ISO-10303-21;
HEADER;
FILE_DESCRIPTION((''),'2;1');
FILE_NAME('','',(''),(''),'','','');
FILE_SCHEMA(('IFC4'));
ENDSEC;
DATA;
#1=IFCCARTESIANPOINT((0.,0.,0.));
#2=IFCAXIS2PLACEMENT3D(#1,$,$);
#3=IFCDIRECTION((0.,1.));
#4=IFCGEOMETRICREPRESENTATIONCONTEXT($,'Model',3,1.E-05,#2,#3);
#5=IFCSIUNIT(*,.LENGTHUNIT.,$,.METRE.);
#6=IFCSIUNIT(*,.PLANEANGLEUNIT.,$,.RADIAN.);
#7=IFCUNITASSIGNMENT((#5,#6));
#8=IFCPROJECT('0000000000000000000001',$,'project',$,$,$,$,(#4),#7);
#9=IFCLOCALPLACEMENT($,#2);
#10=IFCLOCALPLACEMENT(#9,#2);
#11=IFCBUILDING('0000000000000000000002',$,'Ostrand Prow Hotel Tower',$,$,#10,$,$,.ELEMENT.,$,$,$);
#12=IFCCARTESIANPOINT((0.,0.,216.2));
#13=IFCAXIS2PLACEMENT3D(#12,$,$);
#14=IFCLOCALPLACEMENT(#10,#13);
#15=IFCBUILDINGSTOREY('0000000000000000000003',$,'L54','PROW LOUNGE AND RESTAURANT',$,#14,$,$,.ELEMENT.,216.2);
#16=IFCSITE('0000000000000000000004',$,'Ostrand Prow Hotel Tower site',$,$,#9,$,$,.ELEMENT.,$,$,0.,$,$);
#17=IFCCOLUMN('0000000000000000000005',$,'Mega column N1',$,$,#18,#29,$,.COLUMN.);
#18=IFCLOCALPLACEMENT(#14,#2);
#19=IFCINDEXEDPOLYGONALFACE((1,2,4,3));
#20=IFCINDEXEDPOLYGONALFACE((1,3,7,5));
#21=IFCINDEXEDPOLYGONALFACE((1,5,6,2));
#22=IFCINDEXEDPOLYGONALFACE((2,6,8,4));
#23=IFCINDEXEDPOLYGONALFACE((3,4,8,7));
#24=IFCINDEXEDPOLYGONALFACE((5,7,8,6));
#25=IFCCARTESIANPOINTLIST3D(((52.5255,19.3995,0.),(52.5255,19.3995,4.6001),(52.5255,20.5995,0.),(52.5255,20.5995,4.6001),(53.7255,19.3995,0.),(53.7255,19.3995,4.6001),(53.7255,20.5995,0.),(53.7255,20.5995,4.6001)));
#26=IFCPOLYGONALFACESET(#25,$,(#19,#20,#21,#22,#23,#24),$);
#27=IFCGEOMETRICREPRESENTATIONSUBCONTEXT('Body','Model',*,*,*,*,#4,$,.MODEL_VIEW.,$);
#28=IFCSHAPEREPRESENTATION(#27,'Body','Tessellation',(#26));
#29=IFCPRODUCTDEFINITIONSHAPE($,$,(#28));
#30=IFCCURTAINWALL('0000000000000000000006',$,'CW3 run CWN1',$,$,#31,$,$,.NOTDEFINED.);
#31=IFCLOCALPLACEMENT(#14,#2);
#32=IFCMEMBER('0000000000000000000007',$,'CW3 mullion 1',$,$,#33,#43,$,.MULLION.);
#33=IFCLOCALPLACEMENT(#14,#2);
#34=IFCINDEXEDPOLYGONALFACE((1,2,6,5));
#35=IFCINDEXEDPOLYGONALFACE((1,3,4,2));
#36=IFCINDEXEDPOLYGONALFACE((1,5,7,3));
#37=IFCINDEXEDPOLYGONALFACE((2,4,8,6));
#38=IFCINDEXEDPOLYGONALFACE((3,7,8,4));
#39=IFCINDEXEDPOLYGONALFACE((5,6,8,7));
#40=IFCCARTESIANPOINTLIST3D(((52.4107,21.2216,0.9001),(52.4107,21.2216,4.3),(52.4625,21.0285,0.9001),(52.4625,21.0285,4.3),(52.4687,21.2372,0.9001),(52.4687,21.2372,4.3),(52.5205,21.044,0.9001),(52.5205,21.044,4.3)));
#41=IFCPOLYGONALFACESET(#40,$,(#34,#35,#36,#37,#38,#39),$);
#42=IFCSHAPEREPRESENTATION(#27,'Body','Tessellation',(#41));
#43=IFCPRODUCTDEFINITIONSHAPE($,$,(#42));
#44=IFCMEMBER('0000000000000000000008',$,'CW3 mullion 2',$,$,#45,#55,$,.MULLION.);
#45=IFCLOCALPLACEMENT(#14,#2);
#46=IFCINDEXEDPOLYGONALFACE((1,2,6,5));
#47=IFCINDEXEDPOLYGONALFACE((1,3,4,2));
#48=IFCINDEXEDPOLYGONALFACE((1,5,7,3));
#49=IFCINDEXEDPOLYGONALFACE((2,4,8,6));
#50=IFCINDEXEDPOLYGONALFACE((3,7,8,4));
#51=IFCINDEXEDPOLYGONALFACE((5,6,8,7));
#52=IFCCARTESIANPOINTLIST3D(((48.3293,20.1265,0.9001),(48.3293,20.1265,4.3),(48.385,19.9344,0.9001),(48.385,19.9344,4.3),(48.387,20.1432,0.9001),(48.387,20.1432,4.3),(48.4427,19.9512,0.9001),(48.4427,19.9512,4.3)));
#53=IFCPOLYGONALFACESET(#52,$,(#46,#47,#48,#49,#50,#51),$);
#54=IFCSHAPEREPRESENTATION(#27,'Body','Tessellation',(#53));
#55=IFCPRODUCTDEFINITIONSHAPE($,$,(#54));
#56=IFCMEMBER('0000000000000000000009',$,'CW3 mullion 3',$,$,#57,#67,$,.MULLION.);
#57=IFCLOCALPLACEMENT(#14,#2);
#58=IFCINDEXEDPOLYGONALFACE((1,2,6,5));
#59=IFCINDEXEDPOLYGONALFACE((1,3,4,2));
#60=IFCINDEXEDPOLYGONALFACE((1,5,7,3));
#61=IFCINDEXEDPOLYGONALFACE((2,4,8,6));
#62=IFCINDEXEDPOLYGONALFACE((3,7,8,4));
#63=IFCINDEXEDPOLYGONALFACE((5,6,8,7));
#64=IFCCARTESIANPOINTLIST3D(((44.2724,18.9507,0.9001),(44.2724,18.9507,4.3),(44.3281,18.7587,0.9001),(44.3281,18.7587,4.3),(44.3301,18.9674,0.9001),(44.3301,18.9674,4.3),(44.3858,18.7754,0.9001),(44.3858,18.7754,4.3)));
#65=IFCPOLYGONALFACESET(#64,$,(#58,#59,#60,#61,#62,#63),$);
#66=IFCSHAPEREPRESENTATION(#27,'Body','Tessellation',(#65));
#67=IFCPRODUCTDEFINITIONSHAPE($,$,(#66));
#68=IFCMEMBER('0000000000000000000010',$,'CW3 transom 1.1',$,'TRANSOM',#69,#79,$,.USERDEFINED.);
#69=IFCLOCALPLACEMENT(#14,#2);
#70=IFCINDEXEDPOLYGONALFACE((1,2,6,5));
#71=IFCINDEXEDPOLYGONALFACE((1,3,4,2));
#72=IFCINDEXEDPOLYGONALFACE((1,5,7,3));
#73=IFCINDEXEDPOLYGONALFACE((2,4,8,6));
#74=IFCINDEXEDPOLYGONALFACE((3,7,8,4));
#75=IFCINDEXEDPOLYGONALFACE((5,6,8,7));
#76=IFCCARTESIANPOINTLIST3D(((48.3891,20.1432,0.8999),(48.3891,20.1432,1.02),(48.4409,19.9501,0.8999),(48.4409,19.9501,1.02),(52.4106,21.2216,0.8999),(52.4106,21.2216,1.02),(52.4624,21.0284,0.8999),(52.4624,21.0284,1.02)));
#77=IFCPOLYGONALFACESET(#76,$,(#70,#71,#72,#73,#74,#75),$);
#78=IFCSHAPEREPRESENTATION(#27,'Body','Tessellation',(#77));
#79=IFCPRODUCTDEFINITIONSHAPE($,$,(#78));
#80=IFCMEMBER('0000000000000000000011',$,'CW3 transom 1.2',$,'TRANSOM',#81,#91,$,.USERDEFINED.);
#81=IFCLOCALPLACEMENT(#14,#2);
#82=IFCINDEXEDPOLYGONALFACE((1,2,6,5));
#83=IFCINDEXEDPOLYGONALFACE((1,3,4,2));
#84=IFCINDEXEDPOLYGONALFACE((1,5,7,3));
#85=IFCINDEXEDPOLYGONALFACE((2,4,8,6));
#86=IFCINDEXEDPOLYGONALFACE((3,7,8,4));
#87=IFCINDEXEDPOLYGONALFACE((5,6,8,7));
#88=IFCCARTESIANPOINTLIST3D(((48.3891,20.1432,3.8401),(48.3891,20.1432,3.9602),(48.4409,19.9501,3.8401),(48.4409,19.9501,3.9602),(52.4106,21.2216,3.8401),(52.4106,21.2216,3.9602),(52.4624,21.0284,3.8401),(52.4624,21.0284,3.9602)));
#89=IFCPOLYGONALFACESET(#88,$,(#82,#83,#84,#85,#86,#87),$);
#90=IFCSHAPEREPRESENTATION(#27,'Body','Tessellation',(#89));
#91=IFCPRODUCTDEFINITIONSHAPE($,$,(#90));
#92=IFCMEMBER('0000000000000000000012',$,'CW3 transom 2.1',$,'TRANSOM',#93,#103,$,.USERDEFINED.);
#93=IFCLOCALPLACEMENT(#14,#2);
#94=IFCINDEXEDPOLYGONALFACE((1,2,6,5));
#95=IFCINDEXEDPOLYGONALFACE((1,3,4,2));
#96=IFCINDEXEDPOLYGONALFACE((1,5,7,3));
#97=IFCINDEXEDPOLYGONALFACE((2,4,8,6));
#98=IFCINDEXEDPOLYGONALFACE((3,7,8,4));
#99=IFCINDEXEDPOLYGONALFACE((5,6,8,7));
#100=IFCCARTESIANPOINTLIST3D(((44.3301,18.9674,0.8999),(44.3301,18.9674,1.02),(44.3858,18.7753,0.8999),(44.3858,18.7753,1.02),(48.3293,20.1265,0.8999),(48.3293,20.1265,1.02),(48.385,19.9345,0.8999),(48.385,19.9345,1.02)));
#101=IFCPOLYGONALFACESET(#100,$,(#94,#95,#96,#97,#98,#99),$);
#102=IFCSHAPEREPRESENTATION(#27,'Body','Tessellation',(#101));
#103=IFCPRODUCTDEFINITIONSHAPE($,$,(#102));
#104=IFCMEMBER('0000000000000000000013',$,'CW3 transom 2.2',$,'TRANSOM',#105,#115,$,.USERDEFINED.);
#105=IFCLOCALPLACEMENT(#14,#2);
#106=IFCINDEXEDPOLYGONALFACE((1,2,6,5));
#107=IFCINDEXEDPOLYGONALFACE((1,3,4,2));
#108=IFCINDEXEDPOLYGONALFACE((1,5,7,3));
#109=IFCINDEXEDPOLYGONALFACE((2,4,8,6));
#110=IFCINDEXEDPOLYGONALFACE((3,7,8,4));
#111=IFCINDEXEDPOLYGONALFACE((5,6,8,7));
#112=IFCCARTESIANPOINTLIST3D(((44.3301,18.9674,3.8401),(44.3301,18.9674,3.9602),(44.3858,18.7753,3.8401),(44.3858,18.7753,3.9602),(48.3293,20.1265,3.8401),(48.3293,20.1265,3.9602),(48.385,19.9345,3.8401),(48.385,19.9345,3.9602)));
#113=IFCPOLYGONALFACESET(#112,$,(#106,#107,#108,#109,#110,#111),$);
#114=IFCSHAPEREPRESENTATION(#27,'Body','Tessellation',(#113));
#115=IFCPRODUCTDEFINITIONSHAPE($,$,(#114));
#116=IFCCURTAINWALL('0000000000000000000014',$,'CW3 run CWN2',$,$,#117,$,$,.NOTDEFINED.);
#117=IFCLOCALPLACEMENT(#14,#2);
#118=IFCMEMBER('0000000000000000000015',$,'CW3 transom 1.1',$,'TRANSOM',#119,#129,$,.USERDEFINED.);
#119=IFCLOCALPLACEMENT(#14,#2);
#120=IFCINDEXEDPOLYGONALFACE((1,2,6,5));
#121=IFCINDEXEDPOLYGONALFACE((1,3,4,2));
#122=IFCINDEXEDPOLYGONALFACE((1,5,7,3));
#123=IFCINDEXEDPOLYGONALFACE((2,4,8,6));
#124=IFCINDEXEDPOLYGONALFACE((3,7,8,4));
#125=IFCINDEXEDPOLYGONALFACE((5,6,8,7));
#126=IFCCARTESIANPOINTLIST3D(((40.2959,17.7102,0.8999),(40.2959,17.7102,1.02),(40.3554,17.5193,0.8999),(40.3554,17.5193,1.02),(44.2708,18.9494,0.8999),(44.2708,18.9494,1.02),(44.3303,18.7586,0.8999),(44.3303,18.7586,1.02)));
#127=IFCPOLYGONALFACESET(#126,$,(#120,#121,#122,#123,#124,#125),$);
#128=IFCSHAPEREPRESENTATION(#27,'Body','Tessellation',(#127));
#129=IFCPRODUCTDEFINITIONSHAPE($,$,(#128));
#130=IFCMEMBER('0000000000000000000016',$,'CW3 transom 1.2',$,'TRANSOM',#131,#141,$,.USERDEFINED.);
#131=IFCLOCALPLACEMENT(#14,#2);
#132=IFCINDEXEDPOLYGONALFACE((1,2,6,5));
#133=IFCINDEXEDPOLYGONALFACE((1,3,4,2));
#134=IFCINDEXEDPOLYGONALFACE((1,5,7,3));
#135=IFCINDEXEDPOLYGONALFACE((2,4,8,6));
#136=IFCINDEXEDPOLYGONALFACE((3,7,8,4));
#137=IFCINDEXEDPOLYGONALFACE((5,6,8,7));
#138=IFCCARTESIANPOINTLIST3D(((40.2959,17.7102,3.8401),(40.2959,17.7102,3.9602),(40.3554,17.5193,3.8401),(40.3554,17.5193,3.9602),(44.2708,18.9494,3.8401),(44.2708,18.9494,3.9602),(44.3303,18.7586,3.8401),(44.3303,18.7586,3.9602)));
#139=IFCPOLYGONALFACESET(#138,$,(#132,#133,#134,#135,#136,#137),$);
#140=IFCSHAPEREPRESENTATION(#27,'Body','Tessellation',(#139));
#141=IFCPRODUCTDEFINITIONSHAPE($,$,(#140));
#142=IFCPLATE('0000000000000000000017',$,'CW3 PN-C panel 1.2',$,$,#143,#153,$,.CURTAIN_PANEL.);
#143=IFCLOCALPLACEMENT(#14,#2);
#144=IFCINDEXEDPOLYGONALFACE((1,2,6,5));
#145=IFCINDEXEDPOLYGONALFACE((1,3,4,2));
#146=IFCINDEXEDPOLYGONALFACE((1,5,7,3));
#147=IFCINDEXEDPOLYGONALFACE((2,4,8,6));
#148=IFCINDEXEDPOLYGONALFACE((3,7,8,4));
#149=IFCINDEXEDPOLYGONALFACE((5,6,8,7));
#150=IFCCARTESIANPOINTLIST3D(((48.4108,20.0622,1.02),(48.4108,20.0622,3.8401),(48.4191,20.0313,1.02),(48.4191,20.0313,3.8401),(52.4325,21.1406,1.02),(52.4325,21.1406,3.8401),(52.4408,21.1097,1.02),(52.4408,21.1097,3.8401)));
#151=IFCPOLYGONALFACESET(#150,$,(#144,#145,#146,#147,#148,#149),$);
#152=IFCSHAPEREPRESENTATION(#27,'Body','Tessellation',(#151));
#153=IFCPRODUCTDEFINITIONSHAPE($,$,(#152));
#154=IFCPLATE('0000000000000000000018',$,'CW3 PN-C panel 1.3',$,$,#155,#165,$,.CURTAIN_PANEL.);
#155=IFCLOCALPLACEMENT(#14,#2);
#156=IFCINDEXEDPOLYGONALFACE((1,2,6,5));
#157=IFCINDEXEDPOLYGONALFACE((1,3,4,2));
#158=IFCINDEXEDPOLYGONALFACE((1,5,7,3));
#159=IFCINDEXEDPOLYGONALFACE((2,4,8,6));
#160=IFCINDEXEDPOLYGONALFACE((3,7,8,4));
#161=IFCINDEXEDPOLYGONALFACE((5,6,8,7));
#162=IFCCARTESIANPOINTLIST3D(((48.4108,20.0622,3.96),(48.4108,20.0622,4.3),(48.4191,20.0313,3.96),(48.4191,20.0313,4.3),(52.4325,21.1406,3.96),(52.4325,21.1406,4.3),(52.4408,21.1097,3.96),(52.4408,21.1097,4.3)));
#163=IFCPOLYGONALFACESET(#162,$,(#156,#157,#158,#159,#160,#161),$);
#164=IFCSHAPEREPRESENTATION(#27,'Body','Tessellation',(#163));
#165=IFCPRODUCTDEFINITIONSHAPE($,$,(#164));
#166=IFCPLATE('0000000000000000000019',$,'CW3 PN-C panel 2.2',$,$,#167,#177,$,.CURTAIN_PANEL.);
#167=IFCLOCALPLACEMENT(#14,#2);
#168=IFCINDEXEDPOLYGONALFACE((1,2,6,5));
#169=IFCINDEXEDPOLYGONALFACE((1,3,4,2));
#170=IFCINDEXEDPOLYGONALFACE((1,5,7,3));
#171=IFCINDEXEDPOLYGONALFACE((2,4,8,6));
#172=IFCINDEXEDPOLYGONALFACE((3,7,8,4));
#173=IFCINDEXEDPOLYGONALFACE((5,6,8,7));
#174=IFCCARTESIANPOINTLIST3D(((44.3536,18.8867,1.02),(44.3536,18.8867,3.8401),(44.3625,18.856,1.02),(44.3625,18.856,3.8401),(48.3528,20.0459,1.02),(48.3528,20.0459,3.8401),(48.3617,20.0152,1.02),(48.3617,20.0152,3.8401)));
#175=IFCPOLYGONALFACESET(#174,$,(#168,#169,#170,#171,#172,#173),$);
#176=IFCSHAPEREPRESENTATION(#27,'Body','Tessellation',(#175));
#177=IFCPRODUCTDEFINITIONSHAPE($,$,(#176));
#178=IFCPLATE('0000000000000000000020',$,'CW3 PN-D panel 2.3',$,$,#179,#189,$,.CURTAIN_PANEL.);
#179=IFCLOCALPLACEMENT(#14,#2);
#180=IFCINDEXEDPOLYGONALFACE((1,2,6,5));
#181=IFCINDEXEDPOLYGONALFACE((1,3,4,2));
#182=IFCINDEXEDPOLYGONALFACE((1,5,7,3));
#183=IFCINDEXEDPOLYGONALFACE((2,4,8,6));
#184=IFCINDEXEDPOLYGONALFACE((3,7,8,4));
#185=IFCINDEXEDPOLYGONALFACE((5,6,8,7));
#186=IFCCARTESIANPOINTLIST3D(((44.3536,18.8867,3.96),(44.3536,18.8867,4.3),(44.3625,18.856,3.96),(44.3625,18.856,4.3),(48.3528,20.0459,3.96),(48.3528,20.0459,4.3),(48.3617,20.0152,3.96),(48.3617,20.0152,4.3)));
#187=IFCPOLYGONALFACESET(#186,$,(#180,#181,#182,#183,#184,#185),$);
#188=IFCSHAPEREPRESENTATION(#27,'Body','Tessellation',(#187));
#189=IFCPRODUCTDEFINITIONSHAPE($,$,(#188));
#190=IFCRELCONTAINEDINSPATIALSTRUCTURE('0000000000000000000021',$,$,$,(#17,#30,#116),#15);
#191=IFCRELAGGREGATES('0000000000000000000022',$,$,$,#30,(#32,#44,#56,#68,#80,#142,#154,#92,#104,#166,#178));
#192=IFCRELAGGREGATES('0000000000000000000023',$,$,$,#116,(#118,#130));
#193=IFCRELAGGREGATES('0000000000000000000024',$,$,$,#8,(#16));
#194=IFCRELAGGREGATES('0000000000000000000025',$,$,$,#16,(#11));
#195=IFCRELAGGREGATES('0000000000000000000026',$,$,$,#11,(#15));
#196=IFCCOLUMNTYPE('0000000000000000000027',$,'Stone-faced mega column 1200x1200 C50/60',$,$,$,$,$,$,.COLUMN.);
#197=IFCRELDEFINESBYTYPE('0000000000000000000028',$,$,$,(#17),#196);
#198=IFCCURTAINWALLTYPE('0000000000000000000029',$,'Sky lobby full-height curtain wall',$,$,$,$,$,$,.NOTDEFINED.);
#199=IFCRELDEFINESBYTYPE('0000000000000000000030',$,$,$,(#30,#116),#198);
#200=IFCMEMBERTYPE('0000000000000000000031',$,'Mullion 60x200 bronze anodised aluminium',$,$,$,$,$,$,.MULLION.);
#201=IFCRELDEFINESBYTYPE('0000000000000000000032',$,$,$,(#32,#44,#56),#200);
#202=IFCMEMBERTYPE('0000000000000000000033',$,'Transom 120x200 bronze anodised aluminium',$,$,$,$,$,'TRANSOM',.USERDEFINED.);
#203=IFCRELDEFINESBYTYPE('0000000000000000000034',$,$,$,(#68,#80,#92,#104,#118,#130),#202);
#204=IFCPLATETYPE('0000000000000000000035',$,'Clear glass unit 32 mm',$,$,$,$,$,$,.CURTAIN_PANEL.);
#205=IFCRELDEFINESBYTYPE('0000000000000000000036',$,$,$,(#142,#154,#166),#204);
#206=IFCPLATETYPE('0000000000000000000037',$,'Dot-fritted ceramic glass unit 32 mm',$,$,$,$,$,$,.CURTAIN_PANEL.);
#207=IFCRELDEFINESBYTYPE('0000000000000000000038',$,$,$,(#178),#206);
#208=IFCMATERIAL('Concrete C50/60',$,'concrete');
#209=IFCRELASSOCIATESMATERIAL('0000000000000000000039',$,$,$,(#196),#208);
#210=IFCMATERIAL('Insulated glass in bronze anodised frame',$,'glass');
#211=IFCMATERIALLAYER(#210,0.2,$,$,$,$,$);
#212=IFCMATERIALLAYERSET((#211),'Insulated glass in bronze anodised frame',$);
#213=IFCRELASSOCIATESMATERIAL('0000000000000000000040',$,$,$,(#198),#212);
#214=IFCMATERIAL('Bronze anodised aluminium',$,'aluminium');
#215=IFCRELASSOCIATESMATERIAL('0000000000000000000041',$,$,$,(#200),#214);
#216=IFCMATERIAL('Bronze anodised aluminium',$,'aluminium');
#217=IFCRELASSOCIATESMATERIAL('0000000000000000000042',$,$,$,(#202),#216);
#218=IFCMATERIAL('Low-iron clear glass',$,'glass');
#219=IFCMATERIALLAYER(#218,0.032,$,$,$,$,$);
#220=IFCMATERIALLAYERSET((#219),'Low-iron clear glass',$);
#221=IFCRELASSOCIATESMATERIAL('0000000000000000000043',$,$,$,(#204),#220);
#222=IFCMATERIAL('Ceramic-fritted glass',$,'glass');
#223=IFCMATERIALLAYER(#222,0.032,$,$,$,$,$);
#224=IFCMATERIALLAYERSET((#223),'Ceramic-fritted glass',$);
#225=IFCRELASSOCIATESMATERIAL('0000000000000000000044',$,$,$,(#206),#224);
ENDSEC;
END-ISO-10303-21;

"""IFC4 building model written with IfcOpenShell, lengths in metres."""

from ifc_helpers import new_model, si_unit, direction, frame, origin, origin_2d, place, context, subcontext, project, spatial, rectangle, extrude, material, layer, layer_set, material_profile, profile_set, type_object, element, aggregate, save


model = new_model("IFC4")

# Units and contexts
model_context = context("Model", 3, precision=1e-05, world=origin(), true_north=direction((0.0, 1.0)))
body_context = subcontext(model_context, "Body", "Model", "MODEL_VIEW")
ifc_project = project(units=[si_unit("LENGTHUNIT", "METRE"), si_unit("PLANEANGLEUNIT", "RADIAN")], contexts=[model_context])

# Site, building, storey
site_placement = place(None, origin())
site = spatial("IfcSite", under=ifc_project, at=site_placement, Name="Ostrand Prow Hotel Tower site", CompositionType="ELEMENT", RefElevation=0.0)
building_placement = place(site_placement, origin())
building = spatial("IfcBuilding", under=site, at=building_placement, Name="Ostrand Prow Hotel Tower", CompositionType="ELEMENT")
storey_placement = place(building_placement, frame((0.0, 0.0, 216.2)))
storey = spatial("IfcBuildingStorey", under=building, at=storey_placement, Name="L54", Description="PROW LOUNGE AND RESTAURANT", CompositionType="ELEMENT", Elevation=216.2)

# Column
ifc_material_1 = material(Name="Concrete C50/60", Category="concrete")
ifc_material_profile_1 = material_profile(ifc_material_1, rectangle(XDim=1.2, YDim=1.2, at=origin_2d()), Name="RC 1200x1200")
ifc_profile_set_1 = profile_set([ifc_material_profile_1], Name="Concrete C50/60")
column_type = type_object("IfcColumnType", Name="Stone-faced mega column 1200x1200 C50/60", PredefinedType="COLUMN", material=ifc_profile_set_1)
column_placement = place(storey_placement, frame((53.1255, 19.9995, 0.0), z_axis=(0.0, 0.0, 1.0), x_axis=(1.0, 0.0, 0.0)))
element("IfcColumn", 1, at=column_placement, inside=storey, type_object=column_type, Name="Mega column N1", PredefinedType="COLUMN", context=body_context, shape_type="SweptSolid", body=[
    extrude(rectangle(XDim=1.2, YDim=1.2, at=origin_2d()), origin(), (0.0, 0.0, 1.0), 4.6001),
])

# Curtain walls, members
ifc_material_2 = material(Name="Insulated glass in bronze anodised frame", Category="glass")
ifc_layer_1 = layer(ifc_material_2, 0.2)
ifc_layer_set_1 = layer_set([ifc_layer_1], Name="Insulated glass in bronze anodised frame")
curtain_wall_type = type_object("IfcCurtainWallType", Name="Sky lobby full-height curtain wall", PredefinedType="NOTDEFINED", material=ifc_layer_set_1)
curtain_wall_1_placement = place(storey_placement, origin())
curtain_wall_1 = element("IfcCurtainWall", 2, at=curtain_wall_1_placement, inside=storey, type_object=curtain_wall_type, Name="CW3 run CWN1", PredefinedType="NOTDEFINED")
ifc_material_3 = material(Name="Bronze anodised aluminium", Category="aluminium")
ifc_material_profile_2 = material_profile(ifc_material_3, rectangle(XDim=0.2, YDim=0.0601, at=origin_2d()), Name="Mullion 60x200 bronze anodised aluminium")
ifc_profile_set_2 = profile_set([ifc_material_profile_2], Name="Bronze anodised aluminium")
member_type_1 = type_object("IfcMemberType", Name="Mullion 60x200 bronze anodised aluminium", PredefinedType="MULLION", material=ifc_profile_set_2)
member_1_placement = place(storey_placement, frame((52.4656, 21.1328, 0.9001), z_axis=(0.0, 0.0, 1.0), x_axis=(0.258994, -0.965879, 0.0)))
member_1 = element("IfcMember", 3, at=member_1_placement, type_object=member_type_1, Name="CW3 mullion 1", PredefinedType="MULLION", context=body_context, shape_type="SweptSolid", body=[
    extrude(rectangle(XDim=0.2, YDim=0.0601, at=origin_2d()), origin(), (0.0, 0.0, 1.0), 3.3999),
])
member_2_placement = place(storey_placement, frame((48.386, 20.0388, 0.9001), z_axis=(0.0, 0.0, 1.0), x_axis=(0.278393, -0.960467, 0.0)))
member_2 = element("IfcMember", 4, at=member_2_placement, type_object=member_type_1, Name="CW3 mullion 2", PredefinedType="MULLION", context=body_context, shape_type="SweptSolid", body=[
    extrude(rectangle(XDim=0.2, YDim=0.0601, at=origin_2d()), origin(), (0.0, 0.0, 1.0), 3.3999),
])
member_3_placement = place(storey_placement, frame((44.3291, 18.863, 0.9001), z_axis=(0.0, 0.0, 1.0), x_axis=(0.278393, -0.960467, 0.0)))
member_3 = element("IfcMember", 5, at=member_3_placement, type_object=member_type_1, Name="CW3 mullion 3", PredefinedType="MULLION", context=body_context, shape_type="SweptSolid", body=[
    extrude(rectangle(XDim=0.2, YDim=0.0601, at=origin_2d()), origin(), (0.0, 0.0, 1.0), 3.3999),
])
ifc_material_4 = material(Name="Bronze anodised aluminium", Category="aluminium")
ifc_material_profile_3 = material_profile(ifc_material_4, rectangle(XDim=0.2, YDim=0.1201, at=origin_2d()), Name="Transom 120x200 bronze anodised aluminium")
ifc_profile_set_3 = profile_set([ifc_material_profile_3], Name="Bronze anodised aluminium")
member_type_2 = type_object("IfcMemberType", Name="Transom 120x200 bronze anodised aluminium", ElementType="TRANSOM", PredefinedType="USERDEFINED", material=ifc_profile_set_3)
member_4_placement = place(storey_placement, frame((52.4365, 21.125, 0.96), z_axis=(-0.965877, -0.259002, 0.0), x_axis=(0.259002, -0.965877, 0.0)))
member_4 = element("IfcMember", 6, at=member_4_placement, type_object=member_type_2, Name="CW3 transom 1.1", ObjectType="TRANSOM", PredefinedType="USERDEFINED", context=body_context, shape_type="SweptSolid", body=[
    extrude(rectangle(XDim=0.2, YDim=0.1201, at=origin_2d()), origin(), (0.0, 0.0, 1.0), 4.1636),
])
member_5_placement = place(storey_placement, frame((52.4365, 21.125, 3.9001), z_axis=(-0.965877, -0.259002, 0.0), x_axis=(0.259002, -0.965877, 0.0)))
member_5 = element("IfcMember", 7, at=member_5_placement, type_object=member_type_2, Name="CW3 transom 1.2", ObjectType="TRANSOM", PredefinedType="USERDEFINED", context=body_context, shape_type="SweptSolid", body=[
    extrude(rectangle(XDim=0.2, YDim=0.1201, at=origin_2d()), origin(), (0.0, 0.0, 1.0), 4.1636),
])
member_6_placement = place(storey_placement, frame((48.3572, 20.0305, 0.96), z_axis=(-0.960468, -0.27839, 0.0), x_axis=(0.27839, -0.960468, 0.0)))
member_6 = element("IfcMember", 8, at=member_6_placement, type_object=member_type_2, Name="CW3 transom 2.1", ObjectType="TRANSOM", PredefinedType="USERDEFINED", context=body_context, shape_type="SweptSolid", body=[
    extrude(rectangle(XDim=0.2, YDim=0.1201, at=origin_2d()), origin(), (0.0, 0.0, 1.0), 4.1638),
])
member_7_placement = place(storey_placement, frame((48.3572, 20.0305, 3.9001), z_axis=(-0.960468, -0.27839, 0.0), x_axis=(0.27839, -0.960468, 0.0)))
member_7 = element("IfcMember", 9, at=member_7_placement, type_object=member_type_2, Name="CW3 transom 2.2", ObjectType="TRANSOM", PredefinedType="USERDEFINED", context=body_context, shape_type="SweptSolid", body=[
    extrude(rectangle(XDim=0.2, YDim=0.1201, at=origin_2d()), origin(), (0.0, 0.0, 1.0), 4.1638),
])
curtain_wall_2_placement = place(storey_placement, origin())
curtain_wall_2 = element("IfcCurtainWall", 10, at=curtain_wall_2_placement, inside=storey, type_object=curtain_wall_type, Name="CW3 run CWN2", PredefinedType="NOTDEFINED")
member_8_placement = place(storey_placement, frame((44.3005, 18.854, 0.96), z_axis=(-0.954677, -0.297644, 0.0), x_axis=(0.297644, -0.954677, 0.0)))
member_8 = element("IfcMember", 11, at=member_8_placement, type_object=member_type_2, Name="CW3 transom 1.1", ObjectType="TRANSOM", PredefinedType="USERDEFINED", context=body_context, shape_type="SweptSolid", body=[
    extrude(rectangle(XDim=0.2, YDim=0.1201, at=origin_2d()), origin(), (0.0, 0.0, 1.0), 4.1636),
])
member_9_placement = place(storey_placement, frame((44.3005, 18.854, 3.9001), z_axis=(-0.954677, -0.297644, 0.0), x_axis=(0.297644, -0.954677, 0.0)))
member_9 = element("IfcMember", 12, at=member_9_placement, type_object=member_type_2, Name="CW3 transom 1.2", ObjectType="TRANSOM", PredefinedType="USERDEFINED", context=body_context, shape_type="SweptSolid", body=[
    extrude(rectangle(XDim=0.2, YDim=0.1201, at=origin_2d()), origin(), (0.0, 0.0, 1.0), 4.1636),
])

# Plates
ifc_material_5 = material(Name="Low-iron clear glass", Category="glass")
ifc_layer_2 = layer(ifc_material_5, 0.032)
ifc_layer_set_2 = layer_set([ifc_layer_2], Name="Low-iron clear glass")
plate_type_1 = type_object("IfcPlateType", Name="Clear glass unit 32 mm", PredefinedType="CURTAIN_PANEL", material=ifc_layer_set_2)
plate_1_placement = place(storey_placement, frame((50.4258, 20.5859, 1.02), z_axis=(0.0, 0.0, 1.0), x_axis=(-0.965879, -0.258994, 0.0)))
plate_1 = element("IfcPlate", 13, at=plate_1_placement, type_object=plate_type_1, Name="CW3 PN-C panel 1.2", PredefinedType="CURTAIN_PANEL", context=body_context, shape_type="SweptSolid", body=[
    extrude(rectangle(XDim=4.1638, YDim=0.032, at=origin_2d()), origin(), (0.0, 0.0, 1.0), 2.8201),
])
plate_2_placement = place(storey_placement, frame((50.4258, 20.5859, 3.96), z_axis=(0.0, 0.0, 1.0), x_axis=(-0.965879, -0.258994, 0.0)))
plate_2 = element("IfcPlate", 14, at=plate_2_placement, type_object=plate_type_1, Name="CW3 PN-C panel 1.3", PredefinedType="CURTAIN_PANEL", context=body_context, shape_type="SweptSolid", body=[
    extrude(rectangle(XDim=4.1638, YDim=0.032, at=origin_2d()), origin(), (0.0, 0.0, 1.0), 0.3401),
])
plate_3_placement = place(storey_placement, frame((46.3577, 19.4509, 1.02), z_axis=(0.0, 0.0, 1.0), x_axis=(-0.960467, -0.278393, 0.0)))
plate_3 = element("IfcPlate", 15, at=plate_3_placement, type_object=plate_type_1, Name="CW3 PN-C panel 2.2", PredefinedType="CURTAIN_PANEL", context=body_context, shape_type="SweptSolid", body=[
    extrude(rectangle(XDim=4.1638, YDim=0.032, at=origin_2d()), origin(), (0.0, 0.0, 1.0), 2.8201),
])
ifc_material_6 = material(Name="Ceramic-fritted glass", Category="glass")
ifc_layer_3 = layer(ifc_material_6, 0.032)
ifc_layer_set_3 = layer_set([ifc_layer_3], Name="Ceramic-fritted glass")
plate_type_2 = type_object("IfcPlateType", Name="Dot-fritted ceramic glass unit 32 mm", PredefinedType="CURTAIN_PANEL", material=ifc_layer_set_3)
plate_4_placement = place(storey_placement, frame((46.3577, 19.4509, 3.96), z_axis=(0.0, 0.0, 1.0), x_axis=(-0.960467, -0.278393, 0.0)))
plate_4 = element("IfcPlate", 16, at=plate_4_placement, type_object=plate_type_2, Name="CW3 PN-D panel 2.3", PredefinedType="CURTAIN_PANEL", context=body_context, shape_type="SweptSolid", body=[
    extrude(rectangle(XDim=4.1638, YDim=0.032, at=origin_2d()), origin(), (0.0, 0.0, 1.0), 0.3401),
])
aggregate(curtain_wall_1, [member_1, member_2, member_3, member_4, member_5, plate_1, plate_2, member_6, member_7, plate_3, plate_4])
aggregate(curtain_wall_2, [member_8, member_9])

save(model, "model.ifc")
